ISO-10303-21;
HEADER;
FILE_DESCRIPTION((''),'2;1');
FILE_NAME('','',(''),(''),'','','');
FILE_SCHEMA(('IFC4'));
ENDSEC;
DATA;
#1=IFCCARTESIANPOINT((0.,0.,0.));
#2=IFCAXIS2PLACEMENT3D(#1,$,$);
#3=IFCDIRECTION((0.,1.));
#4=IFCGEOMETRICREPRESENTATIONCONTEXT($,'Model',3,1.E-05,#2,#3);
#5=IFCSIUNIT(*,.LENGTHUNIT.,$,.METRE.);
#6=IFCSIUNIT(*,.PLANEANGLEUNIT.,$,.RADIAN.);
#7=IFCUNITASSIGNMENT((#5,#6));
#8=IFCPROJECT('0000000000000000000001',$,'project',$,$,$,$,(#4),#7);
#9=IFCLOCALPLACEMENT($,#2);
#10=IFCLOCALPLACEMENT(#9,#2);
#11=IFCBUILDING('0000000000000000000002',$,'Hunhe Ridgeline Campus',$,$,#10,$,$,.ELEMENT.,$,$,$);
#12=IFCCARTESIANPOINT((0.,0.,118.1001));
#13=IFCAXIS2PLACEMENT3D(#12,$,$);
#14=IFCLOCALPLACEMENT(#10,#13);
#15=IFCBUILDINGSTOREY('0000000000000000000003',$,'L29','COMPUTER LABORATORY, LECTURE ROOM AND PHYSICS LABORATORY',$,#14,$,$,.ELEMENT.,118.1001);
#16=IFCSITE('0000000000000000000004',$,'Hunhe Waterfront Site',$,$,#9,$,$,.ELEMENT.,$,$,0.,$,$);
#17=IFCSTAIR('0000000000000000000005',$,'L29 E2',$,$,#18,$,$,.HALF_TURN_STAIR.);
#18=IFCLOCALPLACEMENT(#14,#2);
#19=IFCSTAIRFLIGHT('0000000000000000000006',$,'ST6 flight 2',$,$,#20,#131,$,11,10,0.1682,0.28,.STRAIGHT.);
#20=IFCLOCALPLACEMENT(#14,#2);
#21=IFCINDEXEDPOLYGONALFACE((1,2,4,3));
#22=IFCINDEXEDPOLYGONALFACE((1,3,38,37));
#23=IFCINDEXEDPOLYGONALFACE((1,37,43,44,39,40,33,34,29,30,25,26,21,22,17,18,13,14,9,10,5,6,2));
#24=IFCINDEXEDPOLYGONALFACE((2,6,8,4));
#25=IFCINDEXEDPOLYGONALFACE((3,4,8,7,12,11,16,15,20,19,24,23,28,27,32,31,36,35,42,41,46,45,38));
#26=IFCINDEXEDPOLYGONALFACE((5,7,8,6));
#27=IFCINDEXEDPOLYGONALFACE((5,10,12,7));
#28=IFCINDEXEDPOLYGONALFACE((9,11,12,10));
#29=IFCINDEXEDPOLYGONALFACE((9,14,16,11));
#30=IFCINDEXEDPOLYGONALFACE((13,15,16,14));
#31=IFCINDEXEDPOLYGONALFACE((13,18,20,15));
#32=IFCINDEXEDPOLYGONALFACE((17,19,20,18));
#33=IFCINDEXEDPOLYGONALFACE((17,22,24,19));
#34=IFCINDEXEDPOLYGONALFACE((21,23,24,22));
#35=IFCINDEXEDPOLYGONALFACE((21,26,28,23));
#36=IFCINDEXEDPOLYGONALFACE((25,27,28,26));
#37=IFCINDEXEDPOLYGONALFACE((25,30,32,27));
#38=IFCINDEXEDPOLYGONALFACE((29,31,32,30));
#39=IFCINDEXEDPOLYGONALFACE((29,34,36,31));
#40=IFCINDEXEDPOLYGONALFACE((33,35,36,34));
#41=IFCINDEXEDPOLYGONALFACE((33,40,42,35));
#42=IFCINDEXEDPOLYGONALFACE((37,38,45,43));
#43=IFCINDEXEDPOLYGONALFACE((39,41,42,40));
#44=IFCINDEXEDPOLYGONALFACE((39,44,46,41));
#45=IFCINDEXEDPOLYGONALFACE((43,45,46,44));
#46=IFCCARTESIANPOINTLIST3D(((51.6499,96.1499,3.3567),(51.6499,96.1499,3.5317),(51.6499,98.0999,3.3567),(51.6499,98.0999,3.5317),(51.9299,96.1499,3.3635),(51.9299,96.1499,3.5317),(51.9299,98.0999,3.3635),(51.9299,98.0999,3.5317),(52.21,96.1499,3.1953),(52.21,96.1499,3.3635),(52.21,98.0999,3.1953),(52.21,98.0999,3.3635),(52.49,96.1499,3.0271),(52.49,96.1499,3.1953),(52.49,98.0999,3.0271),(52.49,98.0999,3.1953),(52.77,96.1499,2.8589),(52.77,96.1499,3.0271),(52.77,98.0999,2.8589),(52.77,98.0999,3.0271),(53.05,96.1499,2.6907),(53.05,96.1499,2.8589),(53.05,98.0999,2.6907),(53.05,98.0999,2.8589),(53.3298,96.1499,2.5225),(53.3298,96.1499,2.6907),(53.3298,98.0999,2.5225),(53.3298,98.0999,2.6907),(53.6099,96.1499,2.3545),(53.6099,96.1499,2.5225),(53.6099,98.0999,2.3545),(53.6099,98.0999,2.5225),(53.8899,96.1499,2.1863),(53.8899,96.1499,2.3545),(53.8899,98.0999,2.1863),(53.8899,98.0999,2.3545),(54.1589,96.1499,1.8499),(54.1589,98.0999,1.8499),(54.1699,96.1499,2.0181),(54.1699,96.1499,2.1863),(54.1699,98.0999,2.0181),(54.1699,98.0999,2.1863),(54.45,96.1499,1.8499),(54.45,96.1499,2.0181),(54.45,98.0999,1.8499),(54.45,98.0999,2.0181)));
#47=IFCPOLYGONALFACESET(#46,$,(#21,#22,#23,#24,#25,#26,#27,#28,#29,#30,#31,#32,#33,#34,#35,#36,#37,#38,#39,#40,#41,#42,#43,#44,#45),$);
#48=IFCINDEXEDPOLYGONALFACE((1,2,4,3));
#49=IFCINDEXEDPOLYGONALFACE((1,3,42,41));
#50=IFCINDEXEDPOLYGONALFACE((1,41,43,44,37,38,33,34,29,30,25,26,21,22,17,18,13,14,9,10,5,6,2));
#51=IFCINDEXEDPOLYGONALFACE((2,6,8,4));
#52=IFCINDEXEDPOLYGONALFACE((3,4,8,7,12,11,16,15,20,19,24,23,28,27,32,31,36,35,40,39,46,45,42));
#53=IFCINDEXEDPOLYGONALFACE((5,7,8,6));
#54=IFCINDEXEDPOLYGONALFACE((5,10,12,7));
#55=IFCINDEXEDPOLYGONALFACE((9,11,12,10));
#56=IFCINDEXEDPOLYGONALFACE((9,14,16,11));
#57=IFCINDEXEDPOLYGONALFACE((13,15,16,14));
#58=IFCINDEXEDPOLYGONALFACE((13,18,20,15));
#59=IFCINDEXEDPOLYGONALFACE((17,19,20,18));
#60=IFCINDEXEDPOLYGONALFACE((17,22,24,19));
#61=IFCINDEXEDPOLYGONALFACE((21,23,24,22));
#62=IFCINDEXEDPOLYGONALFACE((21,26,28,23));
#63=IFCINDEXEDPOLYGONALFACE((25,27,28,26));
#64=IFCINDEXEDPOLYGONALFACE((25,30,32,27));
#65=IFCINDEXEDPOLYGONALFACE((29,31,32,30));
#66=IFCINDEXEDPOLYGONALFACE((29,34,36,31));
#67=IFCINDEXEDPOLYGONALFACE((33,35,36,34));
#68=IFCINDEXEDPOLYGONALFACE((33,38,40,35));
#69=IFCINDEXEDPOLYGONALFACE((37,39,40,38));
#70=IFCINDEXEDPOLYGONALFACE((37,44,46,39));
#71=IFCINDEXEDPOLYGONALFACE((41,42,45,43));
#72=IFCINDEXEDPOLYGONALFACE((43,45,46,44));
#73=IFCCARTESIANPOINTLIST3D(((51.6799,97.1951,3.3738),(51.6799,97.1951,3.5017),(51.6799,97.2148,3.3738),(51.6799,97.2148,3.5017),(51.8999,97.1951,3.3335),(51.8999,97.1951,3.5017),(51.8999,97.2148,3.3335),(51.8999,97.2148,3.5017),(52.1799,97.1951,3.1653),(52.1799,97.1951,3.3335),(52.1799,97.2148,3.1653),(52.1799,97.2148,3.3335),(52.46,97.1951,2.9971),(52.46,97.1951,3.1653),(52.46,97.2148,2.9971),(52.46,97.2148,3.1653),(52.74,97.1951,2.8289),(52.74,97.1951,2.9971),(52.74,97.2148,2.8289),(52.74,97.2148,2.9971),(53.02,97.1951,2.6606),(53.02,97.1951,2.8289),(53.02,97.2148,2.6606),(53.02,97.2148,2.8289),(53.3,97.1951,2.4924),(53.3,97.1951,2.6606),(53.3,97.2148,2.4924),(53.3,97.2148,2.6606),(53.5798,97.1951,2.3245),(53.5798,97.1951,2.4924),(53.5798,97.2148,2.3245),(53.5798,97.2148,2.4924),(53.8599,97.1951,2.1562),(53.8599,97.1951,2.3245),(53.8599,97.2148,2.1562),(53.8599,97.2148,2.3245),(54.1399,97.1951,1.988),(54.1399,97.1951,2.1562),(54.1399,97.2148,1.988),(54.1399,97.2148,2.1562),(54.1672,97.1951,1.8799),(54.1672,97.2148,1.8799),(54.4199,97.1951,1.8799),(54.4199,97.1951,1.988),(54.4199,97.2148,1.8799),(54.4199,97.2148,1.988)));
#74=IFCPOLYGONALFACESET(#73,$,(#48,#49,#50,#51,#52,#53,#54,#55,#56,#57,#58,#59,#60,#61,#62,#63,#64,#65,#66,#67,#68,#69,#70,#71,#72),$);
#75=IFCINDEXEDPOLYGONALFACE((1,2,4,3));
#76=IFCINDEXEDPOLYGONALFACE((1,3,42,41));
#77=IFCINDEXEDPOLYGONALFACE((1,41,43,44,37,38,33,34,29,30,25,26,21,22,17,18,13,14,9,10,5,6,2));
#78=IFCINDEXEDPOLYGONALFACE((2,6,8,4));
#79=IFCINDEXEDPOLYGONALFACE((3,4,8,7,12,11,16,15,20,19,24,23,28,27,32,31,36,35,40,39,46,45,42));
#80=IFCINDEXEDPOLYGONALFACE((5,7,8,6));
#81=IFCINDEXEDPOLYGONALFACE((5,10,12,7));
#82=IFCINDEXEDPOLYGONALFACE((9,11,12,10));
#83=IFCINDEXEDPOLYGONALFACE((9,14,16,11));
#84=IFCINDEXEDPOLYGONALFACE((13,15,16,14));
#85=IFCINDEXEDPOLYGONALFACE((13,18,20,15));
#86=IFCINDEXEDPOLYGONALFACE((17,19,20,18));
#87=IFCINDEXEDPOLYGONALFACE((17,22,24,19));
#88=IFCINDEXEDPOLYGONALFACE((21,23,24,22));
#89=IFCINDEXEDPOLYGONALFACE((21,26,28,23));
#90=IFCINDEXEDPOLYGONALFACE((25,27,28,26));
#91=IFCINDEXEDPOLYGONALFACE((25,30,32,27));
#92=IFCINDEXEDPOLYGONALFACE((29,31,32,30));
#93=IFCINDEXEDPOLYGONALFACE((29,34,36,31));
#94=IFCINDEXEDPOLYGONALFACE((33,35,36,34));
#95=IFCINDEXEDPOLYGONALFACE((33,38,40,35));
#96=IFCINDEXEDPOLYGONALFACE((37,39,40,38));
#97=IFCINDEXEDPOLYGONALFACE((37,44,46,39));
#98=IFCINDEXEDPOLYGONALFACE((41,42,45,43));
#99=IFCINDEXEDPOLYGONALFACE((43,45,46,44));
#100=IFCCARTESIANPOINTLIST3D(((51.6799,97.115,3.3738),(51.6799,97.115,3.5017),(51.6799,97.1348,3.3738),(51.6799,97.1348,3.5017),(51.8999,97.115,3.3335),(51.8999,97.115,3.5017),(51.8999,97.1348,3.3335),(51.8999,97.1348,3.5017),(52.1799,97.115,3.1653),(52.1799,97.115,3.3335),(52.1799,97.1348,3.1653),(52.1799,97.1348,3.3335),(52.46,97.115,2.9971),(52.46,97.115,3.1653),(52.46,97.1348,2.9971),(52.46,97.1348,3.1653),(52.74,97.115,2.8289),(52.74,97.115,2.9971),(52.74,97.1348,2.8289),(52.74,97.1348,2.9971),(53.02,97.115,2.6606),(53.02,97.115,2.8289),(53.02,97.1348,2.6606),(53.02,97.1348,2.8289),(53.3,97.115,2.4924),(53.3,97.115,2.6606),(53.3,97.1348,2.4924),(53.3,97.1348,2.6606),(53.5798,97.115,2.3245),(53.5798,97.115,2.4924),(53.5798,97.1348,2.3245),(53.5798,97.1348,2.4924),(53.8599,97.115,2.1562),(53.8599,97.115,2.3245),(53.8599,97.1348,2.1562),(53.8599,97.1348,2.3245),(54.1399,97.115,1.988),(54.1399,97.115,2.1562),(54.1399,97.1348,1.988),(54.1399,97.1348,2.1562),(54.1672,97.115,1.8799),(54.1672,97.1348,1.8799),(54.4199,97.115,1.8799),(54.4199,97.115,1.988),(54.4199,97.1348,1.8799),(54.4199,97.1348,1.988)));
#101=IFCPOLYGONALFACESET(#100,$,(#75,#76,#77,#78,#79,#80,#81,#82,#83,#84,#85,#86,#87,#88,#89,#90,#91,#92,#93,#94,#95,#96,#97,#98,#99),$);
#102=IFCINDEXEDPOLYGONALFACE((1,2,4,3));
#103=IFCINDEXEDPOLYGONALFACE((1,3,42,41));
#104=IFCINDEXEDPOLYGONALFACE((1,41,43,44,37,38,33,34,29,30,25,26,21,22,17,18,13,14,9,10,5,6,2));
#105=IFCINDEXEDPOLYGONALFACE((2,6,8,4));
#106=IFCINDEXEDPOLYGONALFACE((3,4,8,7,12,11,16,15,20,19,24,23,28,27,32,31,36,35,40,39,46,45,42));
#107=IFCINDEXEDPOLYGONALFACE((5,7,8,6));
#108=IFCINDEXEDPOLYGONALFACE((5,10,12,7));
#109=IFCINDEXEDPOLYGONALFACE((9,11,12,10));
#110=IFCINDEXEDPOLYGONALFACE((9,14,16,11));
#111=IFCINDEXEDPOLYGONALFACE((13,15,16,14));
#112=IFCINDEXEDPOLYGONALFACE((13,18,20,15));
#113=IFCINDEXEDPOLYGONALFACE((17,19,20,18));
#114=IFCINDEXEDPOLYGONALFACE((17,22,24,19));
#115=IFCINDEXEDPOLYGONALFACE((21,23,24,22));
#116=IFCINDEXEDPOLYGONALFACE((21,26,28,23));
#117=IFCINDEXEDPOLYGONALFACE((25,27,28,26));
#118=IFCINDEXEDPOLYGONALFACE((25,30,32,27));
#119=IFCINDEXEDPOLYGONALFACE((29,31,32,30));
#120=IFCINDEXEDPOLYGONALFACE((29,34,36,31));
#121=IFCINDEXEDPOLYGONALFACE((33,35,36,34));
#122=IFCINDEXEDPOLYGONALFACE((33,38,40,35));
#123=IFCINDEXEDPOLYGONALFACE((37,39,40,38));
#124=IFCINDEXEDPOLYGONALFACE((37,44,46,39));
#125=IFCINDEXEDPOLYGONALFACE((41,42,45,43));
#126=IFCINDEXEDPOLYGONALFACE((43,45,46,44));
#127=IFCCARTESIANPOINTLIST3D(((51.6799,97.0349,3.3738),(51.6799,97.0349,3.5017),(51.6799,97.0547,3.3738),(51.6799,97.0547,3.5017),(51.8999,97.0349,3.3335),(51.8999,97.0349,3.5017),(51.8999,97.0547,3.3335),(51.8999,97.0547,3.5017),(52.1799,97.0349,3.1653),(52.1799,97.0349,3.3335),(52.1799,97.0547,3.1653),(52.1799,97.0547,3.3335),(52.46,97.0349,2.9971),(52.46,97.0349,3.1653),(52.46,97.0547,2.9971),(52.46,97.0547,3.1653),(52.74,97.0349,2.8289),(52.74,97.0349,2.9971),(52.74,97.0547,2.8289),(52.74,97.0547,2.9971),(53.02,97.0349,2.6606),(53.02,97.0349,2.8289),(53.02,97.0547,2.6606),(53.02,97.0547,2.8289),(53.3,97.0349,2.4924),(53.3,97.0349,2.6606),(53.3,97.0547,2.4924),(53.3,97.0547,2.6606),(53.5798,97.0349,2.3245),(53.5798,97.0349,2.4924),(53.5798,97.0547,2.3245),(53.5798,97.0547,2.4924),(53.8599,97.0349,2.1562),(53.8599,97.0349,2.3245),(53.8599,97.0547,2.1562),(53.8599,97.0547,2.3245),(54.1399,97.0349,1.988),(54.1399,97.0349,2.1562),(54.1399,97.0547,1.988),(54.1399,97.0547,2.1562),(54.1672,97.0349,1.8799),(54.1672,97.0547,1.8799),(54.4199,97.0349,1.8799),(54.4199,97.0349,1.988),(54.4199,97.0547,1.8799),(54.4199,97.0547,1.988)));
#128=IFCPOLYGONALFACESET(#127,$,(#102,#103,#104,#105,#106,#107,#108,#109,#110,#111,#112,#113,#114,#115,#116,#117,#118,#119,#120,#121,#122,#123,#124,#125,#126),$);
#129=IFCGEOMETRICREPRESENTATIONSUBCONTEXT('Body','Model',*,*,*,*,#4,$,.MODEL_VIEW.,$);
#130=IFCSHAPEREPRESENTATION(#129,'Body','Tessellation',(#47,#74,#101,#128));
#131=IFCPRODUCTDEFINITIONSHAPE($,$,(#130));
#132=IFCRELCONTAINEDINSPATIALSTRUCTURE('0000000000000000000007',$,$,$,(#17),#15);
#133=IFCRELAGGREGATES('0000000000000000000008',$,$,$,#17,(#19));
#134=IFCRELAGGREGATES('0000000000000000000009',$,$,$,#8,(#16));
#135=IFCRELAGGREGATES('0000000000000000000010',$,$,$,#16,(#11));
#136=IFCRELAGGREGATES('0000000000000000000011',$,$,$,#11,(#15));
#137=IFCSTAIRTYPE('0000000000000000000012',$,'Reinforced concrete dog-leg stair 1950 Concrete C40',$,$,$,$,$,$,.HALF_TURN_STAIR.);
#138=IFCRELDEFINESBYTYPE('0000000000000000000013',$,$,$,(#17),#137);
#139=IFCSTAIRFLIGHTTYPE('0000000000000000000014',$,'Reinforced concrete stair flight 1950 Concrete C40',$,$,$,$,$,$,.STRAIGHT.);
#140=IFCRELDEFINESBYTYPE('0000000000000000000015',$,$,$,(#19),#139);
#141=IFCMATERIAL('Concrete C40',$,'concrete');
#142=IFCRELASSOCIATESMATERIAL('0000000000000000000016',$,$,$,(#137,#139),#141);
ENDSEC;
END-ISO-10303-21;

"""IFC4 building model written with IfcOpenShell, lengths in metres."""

from ifc_helpers import new_model, si_unit, direction, frame, origin, place, context, subcontext, project, spatial, polyline, outline, extrude, material, type_object, element, aggregate, save


model = new_model("IFC4")

# Units and contexts
model_context = context("Model", 3, precision=1e-05, world=origin(), true_north=direction((0.0, 1.0)))
body_context = subcontext(model_context, "Body", "Model", "MODEL_VIEW")
ifc_project = project(units=[si_unit("LENGTHUNIT", "METRE"), si_unit("PLANEANGLEUNIT", "RADIAN")], contexts=[model_context])

# Site, building, storey
site_placement = place(None, origin())
site = spatial("IfcSite", under=ifc_project, at=site_placement, Name="Hunhe Waterfront Site", CompositionType="ELEMENT", RefElevation=0.0)
building_placement = place(site_placement, origin())
building = spatial("IfcBuilding", under=site, at=building_placement, Name="Hunhe Ridgeline Campus", CompositionType="ELEMENT")
storey_placement = place(building_placement, frame((0.0, 0.0, 118.1001)))
storey = spatial("IfcBuildingStorey", under=building, at=storey_placement, Name="L29", Description="COMPUTER LABORATORY, LECTURE ROOM AND PHYSICS LABORATORY", CompositionType="ELEMENT", Elevation=118.1001)

# Stair, stair flight
ifc_material_1 = material(Name="Concrete C40", Category="concrete")
stair_type = type_object("IfcStairType", Name="Reinforced concrete dog-leg stair 1950 Concrete C40", PredefinedType="HALF_TURN_STAIR", material=ifc_material_1)
stair_1_placement = place(storey_placement, origin())
stair_1 = element("IfcStair", 1, at=stair_1_placement, inside=storey, type_object=stair_type, Name="L29 E2", PredefinedType="HALF_TURN_STAIR")
stair_flight_type = type_object("IfcStairFlightType", Name="Reinforced concrete stair flight 1950 Concrete C40", PredefinedType="STRAIGHT", material=ifc_material_1)
stair_flight_1_placement = place(storey_placement, frame((54.45, 97.125, 1.8499), z_axis=(0.0, 0.0, 1.0), x_axis=(-1.0, 0.0, 0.0)))
stair_flight_1 = element("IfcStairFlight", 2, at=stair_flight_1_placement, type_object=stair_flight_type, Name="ST6 flight 2", NumberOfRisers=11, NumberOfTreads=10, PredefinedType="STRAIGHT", RiserHeight=0.1682, TreadLength=0.28, context=body_context, shape_type="SweptSolid", body=[
    extrude(outline(polyline([(0.0, 0.0), (0.0, 0.1682), (0.28, 0.1682), (0.28, 0.3364), (0.5601, 0.3364), (0.5601, 0.5046), (0.8401, 0.5046), (0.8401, 0.6726), (1.1201, 0.6726), (1.1201, 0.8408), (1.3999, 0.8408), (1.3999, 1.009), (1.6799, 1.009), (1.6799, 1.1772), (1.96, 1.1772), (1.96, 1.3455), (2.24, 1.3455), (2.24, 1.5137), (2.52, 1.5137), (2.52, 1.6819), (2.8, 1.6819), (2.8, 1.8501), (2.8, 1.5068), (0.291, 0.0), (0.0, 0.0)])), frame((0.0, 0.9751, 0.0), z_axis=(0.0, -1.0, 0.0), x_axis=(1.0, 0.0, 0.0)), (0.0, 0.0, 1.0), 1.95),
    extrude(outline(polyline([(0.03, 0.03), (0.03, 0.1382), (0.3101, 0.1382), (0.3101, 0.3064), (0.5901, 0.3064), (0.5901, 0.4746), (0.8701, 0.4746), (0.8701, 0.6426), (1.1499, 0.6426), (1.1499, 0.8108), (1.4299, 0.8108), (1.4299, 0.979), (1.71, 0.979), (1.71, 1.1472), (1.99, 1.1472), (1.99, 1.3154), (2.27, 1.3154), (2.27, 1.4836), (2.55, 1.4836), (2.55, 1.6519), (2.77, 1.6519), (2.77, 1.5239), (0.2827, 0.03), (0.03, 0.03)])), frame((0.0, -0.0701, 0.0), z_axis=(0.0, -1.0, 0.0), x_axis=(1.0, 0.0, 0.0)), (0.0, 0.0, 1.0), 0.0198),
    extrude(outline(polyline([(0.03, 0.03), (0.03, 0.1382), (0.3101, 0.1382), (0.3101, 0.3064), (0.5901, 0.3064), (0.5901, 0.4746), (0.8701, 0.4746), (0.8701, 0.6426), (1.1499, 0.6426), (1.1499, 0.8108), (1.4299, 0.8108), (1.4299, 0.979), (1.71, 0.979), (1.71, 1.1472), (1.99, 1.1472), (1.99, 1.3154), (2.27, 1.3154), (2.27, 1.4836), (2.55, 1.4836), (2.55, 1.6519), (2.77, 1.6519), (2.77, 1.5239), (0.2827, 0.03), (0.03, 0.03)])), frame((0.0, 0.01, 0.0), z_axis=(0.0, -1.0, 0.0), x_axis=(1.0, 0.0, 0.0)), (0.0, 0.0, 1.0), 0.0198),
    extrude(outline(polyline([(0.03, 0.03), (0.03, 0.1382), (0.3101, 0.1382), (0.3101, 0.3064), (0.5901, 0.3064), (0.5901, 0.4746), (0.8701, 0.4746), (0.8701, 0.6426), (1.1499, 0.6426), (1.1499, 0.8108), (1.4299, 0.8108), (1.4299, 0.979), (1.71, 0.979), (1.71, 1.1472), (1.99, 1.1472), (1.99, 1.3154), (2.27, 1.3154), (2.27, 1.4836), (2.55, 1.4836), (2.55, 1.6519), (2.77, 1.6519), (2.77, 1.5239), (0.2827, 0.03), (0.03, 0.03)])), frame((0.0, 0.0901, 0.0), z_axis=(0.0, -1.0, 0.0), x_axis=(1.0, 0.0, 0.0)), (0.0, 0.0, 1.0), 0.0198),
])
aggregate(stair_1, [stair_flight_1])

save(model, "model.ifc")
